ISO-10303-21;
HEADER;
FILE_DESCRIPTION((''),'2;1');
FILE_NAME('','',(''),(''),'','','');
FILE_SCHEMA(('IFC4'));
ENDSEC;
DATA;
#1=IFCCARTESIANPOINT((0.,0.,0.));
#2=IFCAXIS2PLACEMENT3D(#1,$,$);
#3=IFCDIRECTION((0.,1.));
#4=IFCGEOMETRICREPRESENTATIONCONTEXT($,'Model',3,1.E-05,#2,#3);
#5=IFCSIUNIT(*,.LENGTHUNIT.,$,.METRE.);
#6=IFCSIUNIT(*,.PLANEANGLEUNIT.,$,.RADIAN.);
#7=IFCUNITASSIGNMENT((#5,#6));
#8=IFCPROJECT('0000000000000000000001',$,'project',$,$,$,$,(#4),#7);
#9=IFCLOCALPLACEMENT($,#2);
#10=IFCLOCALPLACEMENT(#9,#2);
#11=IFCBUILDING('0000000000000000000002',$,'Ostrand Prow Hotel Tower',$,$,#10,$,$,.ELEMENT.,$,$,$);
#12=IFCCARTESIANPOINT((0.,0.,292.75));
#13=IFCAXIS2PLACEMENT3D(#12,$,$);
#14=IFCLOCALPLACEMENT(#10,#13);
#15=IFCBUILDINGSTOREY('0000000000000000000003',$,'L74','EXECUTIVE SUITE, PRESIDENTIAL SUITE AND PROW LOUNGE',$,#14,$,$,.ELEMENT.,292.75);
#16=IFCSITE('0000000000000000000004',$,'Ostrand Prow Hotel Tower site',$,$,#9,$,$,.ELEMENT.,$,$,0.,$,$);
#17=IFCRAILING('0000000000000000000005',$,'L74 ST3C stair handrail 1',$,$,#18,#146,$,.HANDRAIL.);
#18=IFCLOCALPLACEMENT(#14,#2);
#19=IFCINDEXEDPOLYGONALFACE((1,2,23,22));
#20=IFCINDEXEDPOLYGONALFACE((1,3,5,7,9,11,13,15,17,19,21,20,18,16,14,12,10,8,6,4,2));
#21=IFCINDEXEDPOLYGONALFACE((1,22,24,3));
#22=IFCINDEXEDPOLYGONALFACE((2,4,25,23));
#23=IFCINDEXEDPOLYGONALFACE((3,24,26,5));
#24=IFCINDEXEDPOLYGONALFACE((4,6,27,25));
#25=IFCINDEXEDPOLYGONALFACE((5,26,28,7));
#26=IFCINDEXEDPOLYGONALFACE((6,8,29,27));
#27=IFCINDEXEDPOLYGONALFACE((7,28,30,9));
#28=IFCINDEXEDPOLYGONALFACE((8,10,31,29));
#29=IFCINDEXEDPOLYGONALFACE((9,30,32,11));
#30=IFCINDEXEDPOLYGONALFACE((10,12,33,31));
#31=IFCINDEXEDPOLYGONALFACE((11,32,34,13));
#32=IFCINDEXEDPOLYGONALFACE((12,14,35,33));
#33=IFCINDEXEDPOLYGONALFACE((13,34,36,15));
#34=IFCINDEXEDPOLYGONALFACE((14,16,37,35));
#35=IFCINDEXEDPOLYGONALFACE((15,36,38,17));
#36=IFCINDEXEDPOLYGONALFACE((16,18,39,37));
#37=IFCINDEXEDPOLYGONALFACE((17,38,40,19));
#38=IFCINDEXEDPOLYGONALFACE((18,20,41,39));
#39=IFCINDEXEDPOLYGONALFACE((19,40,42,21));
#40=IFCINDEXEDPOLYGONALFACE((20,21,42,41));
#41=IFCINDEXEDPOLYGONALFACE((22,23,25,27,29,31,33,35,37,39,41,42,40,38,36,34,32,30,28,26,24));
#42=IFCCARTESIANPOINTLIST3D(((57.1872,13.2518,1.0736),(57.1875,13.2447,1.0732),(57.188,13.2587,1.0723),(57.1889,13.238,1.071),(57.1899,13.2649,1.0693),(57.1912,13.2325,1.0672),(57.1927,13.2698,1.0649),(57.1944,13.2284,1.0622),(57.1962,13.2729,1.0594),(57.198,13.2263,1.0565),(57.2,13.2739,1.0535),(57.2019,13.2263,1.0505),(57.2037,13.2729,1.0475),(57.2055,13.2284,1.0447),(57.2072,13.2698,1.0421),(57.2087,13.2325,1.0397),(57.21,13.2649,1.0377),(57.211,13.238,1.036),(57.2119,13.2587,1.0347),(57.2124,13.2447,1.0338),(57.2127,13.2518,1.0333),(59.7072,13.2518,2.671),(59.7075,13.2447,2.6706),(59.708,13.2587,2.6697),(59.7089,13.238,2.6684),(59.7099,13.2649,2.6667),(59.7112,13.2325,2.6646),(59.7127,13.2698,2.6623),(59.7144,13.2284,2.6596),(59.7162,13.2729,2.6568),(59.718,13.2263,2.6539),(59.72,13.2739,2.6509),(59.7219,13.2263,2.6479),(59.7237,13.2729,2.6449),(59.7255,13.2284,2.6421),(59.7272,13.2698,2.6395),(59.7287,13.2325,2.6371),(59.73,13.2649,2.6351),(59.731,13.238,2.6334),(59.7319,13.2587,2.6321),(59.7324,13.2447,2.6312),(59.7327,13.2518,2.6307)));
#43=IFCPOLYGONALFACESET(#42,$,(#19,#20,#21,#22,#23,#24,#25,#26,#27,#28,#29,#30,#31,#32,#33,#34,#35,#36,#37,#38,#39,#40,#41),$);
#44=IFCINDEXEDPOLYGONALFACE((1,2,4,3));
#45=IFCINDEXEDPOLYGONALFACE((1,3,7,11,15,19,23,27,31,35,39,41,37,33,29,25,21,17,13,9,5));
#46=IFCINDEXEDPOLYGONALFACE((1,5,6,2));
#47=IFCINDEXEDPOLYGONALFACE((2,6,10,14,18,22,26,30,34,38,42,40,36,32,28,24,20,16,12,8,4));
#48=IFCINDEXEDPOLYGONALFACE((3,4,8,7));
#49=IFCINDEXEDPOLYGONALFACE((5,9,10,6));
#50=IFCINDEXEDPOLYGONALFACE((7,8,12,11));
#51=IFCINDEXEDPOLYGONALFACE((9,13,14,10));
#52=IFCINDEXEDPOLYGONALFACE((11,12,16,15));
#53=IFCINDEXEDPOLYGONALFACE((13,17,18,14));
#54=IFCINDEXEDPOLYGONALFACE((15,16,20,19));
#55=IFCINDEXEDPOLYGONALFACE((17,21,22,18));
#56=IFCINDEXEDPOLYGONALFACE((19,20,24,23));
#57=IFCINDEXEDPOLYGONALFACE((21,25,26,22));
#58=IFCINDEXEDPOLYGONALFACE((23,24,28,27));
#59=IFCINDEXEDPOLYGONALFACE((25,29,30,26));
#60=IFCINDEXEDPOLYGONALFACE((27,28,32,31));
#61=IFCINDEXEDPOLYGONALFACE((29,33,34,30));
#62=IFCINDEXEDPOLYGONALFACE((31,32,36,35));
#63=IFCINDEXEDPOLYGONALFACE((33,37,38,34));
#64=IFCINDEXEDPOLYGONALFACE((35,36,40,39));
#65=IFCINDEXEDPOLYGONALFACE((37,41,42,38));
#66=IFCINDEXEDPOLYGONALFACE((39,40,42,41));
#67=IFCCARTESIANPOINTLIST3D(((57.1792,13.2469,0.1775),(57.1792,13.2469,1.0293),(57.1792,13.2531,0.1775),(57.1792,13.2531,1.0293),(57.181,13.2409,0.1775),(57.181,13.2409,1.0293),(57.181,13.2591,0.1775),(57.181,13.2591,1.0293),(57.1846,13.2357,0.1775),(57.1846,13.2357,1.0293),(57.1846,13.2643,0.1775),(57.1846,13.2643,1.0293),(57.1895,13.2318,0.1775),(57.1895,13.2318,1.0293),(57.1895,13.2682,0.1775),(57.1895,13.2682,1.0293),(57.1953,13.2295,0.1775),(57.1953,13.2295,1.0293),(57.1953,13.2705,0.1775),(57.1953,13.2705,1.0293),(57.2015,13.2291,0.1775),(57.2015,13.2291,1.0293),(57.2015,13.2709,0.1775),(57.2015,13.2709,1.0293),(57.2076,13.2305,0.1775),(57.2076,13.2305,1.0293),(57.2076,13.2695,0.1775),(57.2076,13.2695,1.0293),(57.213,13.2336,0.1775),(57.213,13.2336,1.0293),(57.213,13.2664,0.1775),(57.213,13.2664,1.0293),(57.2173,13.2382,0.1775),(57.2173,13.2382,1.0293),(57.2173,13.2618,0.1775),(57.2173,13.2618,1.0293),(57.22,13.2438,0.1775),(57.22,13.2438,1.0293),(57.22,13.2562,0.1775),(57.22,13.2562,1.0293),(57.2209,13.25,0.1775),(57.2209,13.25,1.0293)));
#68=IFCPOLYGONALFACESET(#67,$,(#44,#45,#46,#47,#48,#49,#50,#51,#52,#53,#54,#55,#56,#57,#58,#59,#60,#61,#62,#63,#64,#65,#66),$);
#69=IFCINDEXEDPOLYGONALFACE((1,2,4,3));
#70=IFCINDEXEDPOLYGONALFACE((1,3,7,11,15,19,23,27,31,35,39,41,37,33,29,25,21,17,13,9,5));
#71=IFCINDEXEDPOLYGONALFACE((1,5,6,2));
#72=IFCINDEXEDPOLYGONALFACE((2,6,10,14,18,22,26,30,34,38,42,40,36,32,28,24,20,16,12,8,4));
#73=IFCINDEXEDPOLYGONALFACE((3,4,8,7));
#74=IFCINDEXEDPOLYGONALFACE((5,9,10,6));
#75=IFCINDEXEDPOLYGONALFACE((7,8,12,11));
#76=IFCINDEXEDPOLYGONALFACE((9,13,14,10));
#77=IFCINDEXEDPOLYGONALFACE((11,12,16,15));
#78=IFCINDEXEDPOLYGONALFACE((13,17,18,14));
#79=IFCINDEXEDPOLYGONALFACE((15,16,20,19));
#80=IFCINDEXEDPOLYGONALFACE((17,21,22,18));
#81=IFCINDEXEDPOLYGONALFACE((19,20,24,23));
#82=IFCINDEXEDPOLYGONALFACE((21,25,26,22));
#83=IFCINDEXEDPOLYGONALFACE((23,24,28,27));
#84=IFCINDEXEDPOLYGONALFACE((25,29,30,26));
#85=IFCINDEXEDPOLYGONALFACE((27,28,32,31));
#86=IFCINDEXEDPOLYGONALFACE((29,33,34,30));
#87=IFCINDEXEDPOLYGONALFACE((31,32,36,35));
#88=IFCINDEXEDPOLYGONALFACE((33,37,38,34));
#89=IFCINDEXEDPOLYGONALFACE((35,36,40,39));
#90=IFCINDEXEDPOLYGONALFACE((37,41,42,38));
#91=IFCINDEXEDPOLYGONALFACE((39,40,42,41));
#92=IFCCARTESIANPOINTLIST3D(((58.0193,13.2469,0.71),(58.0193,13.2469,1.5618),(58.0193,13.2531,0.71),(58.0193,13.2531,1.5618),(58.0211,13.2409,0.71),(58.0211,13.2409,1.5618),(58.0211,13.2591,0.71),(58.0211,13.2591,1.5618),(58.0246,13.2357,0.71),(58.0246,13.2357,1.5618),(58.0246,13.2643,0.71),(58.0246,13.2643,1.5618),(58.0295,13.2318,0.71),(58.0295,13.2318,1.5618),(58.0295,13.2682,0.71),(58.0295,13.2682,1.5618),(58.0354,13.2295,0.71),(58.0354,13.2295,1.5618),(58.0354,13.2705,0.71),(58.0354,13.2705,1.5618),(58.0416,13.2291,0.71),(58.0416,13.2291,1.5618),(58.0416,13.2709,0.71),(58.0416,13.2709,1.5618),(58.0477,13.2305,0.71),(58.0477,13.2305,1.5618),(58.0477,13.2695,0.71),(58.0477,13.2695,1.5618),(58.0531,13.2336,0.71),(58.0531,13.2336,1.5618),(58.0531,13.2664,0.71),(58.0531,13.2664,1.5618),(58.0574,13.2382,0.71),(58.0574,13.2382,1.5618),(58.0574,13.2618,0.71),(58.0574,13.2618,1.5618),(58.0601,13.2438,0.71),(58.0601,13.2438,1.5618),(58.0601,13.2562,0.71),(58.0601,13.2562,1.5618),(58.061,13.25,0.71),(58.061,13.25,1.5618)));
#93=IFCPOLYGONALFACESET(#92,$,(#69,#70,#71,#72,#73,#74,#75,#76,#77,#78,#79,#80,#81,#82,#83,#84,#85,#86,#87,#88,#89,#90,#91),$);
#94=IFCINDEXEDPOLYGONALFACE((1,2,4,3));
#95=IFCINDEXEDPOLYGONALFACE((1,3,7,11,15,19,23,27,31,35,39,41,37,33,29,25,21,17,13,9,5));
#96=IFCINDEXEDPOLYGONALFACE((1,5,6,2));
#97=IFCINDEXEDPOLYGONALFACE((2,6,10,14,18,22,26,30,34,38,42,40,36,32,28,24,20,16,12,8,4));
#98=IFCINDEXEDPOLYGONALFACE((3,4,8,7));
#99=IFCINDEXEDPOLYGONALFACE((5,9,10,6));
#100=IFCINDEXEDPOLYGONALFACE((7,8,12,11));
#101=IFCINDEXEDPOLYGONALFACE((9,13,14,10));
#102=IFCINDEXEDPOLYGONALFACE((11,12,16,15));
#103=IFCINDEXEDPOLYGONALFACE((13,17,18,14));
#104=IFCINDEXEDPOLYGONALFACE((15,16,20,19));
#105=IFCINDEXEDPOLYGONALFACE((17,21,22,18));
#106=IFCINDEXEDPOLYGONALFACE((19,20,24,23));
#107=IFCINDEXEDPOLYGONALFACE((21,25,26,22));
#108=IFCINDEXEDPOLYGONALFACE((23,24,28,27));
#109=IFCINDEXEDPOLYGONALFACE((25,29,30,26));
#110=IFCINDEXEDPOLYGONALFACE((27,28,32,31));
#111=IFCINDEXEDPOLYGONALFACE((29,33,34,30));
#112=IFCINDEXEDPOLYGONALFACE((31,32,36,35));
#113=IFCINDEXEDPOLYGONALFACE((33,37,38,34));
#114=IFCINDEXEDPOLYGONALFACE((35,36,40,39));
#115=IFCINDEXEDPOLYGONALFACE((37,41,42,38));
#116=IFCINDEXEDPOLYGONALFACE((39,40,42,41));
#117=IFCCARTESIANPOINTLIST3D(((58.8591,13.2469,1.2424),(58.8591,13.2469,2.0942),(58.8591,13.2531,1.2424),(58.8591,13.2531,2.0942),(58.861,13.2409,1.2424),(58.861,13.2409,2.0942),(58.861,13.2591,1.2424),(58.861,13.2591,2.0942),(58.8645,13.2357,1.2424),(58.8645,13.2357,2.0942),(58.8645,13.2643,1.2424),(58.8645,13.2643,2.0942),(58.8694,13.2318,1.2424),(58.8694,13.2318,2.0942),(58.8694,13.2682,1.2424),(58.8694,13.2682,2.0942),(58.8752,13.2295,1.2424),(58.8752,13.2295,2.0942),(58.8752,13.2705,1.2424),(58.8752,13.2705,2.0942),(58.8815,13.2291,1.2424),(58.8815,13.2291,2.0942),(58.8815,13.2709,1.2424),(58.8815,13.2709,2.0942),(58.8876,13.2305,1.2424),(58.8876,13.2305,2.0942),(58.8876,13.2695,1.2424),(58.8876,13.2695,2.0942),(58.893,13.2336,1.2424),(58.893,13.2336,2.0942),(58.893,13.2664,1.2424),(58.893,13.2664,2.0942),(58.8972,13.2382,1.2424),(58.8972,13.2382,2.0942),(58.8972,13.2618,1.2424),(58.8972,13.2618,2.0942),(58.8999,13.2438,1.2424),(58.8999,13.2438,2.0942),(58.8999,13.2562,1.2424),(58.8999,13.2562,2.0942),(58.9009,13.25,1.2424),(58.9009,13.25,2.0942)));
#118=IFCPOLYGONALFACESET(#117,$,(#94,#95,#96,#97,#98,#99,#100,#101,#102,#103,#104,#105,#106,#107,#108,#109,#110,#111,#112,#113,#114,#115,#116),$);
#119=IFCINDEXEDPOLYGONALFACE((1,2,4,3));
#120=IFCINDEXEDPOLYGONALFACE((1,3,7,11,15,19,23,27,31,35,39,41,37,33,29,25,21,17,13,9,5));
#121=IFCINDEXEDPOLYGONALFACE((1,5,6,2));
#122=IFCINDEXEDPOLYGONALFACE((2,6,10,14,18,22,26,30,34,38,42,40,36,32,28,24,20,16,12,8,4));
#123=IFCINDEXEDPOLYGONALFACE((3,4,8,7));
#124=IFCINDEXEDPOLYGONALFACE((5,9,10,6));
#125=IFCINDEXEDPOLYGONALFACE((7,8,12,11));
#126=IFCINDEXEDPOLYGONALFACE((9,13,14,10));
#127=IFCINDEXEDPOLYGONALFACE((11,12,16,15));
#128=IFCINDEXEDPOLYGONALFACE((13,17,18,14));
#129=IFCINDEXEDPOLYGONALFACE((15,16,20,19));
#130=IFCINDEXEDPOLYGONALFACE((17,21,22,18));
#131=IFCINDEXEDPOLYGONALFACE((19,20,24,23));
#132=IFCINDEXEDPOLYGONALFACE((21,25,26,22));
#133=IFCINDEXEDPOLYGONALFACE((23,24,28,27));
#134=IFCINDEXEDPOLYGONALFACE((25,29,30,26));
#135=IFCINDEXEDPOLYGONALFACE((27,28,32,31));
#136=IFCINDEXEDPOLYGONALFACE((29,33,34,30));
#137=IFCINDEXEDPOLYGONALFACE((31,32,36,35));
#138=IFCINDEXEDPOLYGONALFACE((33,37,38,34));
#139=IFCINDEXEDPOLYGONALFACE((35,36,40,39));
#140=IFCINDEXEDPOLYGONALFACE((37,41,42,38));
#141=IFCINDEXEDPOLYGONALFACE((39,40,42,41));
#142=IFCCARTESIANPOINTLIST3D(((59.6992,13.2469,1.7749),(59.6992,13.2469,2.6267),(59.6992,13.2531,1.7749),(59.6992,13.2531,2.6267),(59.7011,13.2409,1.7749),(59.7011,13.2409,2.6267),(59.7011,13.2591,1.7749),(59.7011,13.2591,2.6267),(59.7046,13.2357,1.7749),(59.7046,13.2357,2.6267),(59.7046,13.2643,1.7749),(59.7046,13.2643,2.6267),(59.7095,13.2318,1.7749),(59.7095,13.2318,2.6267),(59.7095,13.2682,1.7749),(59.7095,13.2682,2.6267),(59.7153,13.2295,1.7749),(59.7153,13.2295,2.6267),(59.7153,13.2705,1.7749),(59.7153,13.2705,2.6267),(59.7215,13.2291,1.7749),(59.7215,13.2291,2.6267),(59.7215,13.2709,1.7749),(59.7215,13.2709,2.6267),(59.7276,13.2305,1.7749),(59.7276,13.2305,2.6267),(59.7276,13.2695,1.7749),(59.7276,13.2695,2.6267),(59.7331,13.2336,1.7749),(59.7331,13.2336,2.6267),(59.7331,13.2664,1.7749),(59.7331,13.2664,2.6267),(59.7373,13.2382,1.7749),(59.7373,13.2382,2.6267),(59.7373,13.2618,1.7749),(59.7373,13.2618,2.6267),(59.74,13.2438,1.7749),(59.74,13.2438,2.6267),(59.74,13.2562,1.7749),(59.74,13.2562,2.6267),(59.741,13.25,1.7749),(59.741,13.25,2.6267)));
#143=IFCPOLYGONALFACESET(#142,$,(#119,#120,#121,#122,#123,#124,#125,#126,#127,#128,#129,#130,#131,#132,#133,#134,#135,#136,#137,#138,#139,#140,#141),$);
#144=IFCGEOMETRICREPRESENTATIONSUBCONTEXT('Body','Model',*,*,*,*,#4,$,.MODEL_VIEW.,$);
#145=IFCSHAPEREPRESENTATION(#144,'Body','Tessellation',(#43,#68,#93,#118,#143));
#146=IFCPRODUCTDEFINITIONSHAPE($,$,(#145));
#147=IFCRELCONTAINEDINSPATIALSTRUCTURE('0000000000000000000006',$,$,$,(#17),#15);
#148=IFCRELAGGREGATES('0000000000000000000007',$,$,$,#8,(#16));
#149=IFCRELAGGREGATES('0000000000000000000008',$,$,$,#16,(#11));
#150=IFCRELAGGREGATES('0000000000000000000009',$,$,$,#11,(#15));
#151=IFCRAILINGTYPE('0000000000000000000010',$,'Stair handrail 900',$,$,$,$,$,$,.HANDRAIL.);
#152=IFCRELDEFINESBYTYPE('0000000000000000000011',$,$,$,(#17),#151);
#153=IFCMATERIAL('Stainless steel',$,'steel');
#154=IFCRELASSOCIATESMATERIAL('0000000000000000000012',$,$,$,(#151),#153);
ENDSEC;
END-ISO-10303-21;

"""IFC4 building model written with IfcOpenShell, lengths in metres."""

from ifc_helpers import new_model, si_unit, direction, frame, origin, origin_2d, place, context, subcontext, project, spatial, circle, extrude, material, type_object, element, save


model = new_model("IFC4")

# Units and contexts
model_context = context("Model", 3, precision=1e-05, world=origin(), true_north=direction((0.0, 1.0)))
body_context = subcontext(model_context, "Body", "Model", "MODEL_VIEW")
ifc_project = project(units=[si_unit("LENGTHUNIT", "METRE"), si_unit("PLANEANGLEUNIT", "RADIAN")], contexts=[model_context])

# Site, building, storey
site_placement = place(None, origin())
site = spatial("IfcSite", under=ifc_project, at=site_placement, Name="Ostrand Prow Hotel Tower site", CompositionType="ELEMENT", RefElevation=0.0)
building_placement = place(site_placement, origin())
building = spatial("IfcBuilding", under=site, at=building_placement, Name="Ostrand Prow Hotel Tower", CompositionType="ELEMENT")
storey_placement = place(building_placement, frame((0.0, 0.0, 292.75)))
storey = spatial("IfcBuildingStorey", under=building, at=storey_placement, Name="L74", Description="EXECUTIVE SUITE, PRESIDENTIAL SUITE AND PROW LOUNGE", CompositionType="ELEMENT", Elevation=292.75)

# Railing
ifc_material_1 = material(Name="Stainless steel", Category="steel")
railing_type_1 = type_object("IfcRailingType", Name="Stair handrail 900", PredefinedType="HANDRAIL", material=ifc_material_1)
railing_1_placement = place(storey_placement, frame((57.2, 13.25, 0.1775)))
element("IfcRailing", 1, at=railing_1_placement, inside=storey, type_object=railing_type_1, Name="L74 ST3C stair handrail 1", PredefinedType="HANDRAIL", context=body_context, shape_type="SweptSolid", body=[
    extrude(circle(Radius=0.0239, at=origin_2d()), frame((0.0, 0.0, 0.876), z_axis=(0.844607, 0.0, 0.535387), x_axis=(0.0, 1.0, 0.0)), (0.0, 0.0, 1.0), 2.9836),
    extrude(circle(Radius=0.021, at=origin_2d()), origin(), (0.0, 0.0, 1.0), 0.8518),
    extrude(circle(Radius=0.021, at=origin_2d()), frame((0.8401, 0.0, 0.5325)), (0.0, 0.0, 1.0), 0.8518),
    extrude(circle(Radius=0.021, at=origin_2d()), frame((1.6799, 0.0, 1.0649)), (0.0, 0.0, 1.0), 0.8518),
    extrude(circle(Radius=0.021, at=origin_2d()), frame((2.52, 0.0, 1.5974)), (0.0, 0.0, 1.0), 0.8518),
])

save(model, "model.ifc")
